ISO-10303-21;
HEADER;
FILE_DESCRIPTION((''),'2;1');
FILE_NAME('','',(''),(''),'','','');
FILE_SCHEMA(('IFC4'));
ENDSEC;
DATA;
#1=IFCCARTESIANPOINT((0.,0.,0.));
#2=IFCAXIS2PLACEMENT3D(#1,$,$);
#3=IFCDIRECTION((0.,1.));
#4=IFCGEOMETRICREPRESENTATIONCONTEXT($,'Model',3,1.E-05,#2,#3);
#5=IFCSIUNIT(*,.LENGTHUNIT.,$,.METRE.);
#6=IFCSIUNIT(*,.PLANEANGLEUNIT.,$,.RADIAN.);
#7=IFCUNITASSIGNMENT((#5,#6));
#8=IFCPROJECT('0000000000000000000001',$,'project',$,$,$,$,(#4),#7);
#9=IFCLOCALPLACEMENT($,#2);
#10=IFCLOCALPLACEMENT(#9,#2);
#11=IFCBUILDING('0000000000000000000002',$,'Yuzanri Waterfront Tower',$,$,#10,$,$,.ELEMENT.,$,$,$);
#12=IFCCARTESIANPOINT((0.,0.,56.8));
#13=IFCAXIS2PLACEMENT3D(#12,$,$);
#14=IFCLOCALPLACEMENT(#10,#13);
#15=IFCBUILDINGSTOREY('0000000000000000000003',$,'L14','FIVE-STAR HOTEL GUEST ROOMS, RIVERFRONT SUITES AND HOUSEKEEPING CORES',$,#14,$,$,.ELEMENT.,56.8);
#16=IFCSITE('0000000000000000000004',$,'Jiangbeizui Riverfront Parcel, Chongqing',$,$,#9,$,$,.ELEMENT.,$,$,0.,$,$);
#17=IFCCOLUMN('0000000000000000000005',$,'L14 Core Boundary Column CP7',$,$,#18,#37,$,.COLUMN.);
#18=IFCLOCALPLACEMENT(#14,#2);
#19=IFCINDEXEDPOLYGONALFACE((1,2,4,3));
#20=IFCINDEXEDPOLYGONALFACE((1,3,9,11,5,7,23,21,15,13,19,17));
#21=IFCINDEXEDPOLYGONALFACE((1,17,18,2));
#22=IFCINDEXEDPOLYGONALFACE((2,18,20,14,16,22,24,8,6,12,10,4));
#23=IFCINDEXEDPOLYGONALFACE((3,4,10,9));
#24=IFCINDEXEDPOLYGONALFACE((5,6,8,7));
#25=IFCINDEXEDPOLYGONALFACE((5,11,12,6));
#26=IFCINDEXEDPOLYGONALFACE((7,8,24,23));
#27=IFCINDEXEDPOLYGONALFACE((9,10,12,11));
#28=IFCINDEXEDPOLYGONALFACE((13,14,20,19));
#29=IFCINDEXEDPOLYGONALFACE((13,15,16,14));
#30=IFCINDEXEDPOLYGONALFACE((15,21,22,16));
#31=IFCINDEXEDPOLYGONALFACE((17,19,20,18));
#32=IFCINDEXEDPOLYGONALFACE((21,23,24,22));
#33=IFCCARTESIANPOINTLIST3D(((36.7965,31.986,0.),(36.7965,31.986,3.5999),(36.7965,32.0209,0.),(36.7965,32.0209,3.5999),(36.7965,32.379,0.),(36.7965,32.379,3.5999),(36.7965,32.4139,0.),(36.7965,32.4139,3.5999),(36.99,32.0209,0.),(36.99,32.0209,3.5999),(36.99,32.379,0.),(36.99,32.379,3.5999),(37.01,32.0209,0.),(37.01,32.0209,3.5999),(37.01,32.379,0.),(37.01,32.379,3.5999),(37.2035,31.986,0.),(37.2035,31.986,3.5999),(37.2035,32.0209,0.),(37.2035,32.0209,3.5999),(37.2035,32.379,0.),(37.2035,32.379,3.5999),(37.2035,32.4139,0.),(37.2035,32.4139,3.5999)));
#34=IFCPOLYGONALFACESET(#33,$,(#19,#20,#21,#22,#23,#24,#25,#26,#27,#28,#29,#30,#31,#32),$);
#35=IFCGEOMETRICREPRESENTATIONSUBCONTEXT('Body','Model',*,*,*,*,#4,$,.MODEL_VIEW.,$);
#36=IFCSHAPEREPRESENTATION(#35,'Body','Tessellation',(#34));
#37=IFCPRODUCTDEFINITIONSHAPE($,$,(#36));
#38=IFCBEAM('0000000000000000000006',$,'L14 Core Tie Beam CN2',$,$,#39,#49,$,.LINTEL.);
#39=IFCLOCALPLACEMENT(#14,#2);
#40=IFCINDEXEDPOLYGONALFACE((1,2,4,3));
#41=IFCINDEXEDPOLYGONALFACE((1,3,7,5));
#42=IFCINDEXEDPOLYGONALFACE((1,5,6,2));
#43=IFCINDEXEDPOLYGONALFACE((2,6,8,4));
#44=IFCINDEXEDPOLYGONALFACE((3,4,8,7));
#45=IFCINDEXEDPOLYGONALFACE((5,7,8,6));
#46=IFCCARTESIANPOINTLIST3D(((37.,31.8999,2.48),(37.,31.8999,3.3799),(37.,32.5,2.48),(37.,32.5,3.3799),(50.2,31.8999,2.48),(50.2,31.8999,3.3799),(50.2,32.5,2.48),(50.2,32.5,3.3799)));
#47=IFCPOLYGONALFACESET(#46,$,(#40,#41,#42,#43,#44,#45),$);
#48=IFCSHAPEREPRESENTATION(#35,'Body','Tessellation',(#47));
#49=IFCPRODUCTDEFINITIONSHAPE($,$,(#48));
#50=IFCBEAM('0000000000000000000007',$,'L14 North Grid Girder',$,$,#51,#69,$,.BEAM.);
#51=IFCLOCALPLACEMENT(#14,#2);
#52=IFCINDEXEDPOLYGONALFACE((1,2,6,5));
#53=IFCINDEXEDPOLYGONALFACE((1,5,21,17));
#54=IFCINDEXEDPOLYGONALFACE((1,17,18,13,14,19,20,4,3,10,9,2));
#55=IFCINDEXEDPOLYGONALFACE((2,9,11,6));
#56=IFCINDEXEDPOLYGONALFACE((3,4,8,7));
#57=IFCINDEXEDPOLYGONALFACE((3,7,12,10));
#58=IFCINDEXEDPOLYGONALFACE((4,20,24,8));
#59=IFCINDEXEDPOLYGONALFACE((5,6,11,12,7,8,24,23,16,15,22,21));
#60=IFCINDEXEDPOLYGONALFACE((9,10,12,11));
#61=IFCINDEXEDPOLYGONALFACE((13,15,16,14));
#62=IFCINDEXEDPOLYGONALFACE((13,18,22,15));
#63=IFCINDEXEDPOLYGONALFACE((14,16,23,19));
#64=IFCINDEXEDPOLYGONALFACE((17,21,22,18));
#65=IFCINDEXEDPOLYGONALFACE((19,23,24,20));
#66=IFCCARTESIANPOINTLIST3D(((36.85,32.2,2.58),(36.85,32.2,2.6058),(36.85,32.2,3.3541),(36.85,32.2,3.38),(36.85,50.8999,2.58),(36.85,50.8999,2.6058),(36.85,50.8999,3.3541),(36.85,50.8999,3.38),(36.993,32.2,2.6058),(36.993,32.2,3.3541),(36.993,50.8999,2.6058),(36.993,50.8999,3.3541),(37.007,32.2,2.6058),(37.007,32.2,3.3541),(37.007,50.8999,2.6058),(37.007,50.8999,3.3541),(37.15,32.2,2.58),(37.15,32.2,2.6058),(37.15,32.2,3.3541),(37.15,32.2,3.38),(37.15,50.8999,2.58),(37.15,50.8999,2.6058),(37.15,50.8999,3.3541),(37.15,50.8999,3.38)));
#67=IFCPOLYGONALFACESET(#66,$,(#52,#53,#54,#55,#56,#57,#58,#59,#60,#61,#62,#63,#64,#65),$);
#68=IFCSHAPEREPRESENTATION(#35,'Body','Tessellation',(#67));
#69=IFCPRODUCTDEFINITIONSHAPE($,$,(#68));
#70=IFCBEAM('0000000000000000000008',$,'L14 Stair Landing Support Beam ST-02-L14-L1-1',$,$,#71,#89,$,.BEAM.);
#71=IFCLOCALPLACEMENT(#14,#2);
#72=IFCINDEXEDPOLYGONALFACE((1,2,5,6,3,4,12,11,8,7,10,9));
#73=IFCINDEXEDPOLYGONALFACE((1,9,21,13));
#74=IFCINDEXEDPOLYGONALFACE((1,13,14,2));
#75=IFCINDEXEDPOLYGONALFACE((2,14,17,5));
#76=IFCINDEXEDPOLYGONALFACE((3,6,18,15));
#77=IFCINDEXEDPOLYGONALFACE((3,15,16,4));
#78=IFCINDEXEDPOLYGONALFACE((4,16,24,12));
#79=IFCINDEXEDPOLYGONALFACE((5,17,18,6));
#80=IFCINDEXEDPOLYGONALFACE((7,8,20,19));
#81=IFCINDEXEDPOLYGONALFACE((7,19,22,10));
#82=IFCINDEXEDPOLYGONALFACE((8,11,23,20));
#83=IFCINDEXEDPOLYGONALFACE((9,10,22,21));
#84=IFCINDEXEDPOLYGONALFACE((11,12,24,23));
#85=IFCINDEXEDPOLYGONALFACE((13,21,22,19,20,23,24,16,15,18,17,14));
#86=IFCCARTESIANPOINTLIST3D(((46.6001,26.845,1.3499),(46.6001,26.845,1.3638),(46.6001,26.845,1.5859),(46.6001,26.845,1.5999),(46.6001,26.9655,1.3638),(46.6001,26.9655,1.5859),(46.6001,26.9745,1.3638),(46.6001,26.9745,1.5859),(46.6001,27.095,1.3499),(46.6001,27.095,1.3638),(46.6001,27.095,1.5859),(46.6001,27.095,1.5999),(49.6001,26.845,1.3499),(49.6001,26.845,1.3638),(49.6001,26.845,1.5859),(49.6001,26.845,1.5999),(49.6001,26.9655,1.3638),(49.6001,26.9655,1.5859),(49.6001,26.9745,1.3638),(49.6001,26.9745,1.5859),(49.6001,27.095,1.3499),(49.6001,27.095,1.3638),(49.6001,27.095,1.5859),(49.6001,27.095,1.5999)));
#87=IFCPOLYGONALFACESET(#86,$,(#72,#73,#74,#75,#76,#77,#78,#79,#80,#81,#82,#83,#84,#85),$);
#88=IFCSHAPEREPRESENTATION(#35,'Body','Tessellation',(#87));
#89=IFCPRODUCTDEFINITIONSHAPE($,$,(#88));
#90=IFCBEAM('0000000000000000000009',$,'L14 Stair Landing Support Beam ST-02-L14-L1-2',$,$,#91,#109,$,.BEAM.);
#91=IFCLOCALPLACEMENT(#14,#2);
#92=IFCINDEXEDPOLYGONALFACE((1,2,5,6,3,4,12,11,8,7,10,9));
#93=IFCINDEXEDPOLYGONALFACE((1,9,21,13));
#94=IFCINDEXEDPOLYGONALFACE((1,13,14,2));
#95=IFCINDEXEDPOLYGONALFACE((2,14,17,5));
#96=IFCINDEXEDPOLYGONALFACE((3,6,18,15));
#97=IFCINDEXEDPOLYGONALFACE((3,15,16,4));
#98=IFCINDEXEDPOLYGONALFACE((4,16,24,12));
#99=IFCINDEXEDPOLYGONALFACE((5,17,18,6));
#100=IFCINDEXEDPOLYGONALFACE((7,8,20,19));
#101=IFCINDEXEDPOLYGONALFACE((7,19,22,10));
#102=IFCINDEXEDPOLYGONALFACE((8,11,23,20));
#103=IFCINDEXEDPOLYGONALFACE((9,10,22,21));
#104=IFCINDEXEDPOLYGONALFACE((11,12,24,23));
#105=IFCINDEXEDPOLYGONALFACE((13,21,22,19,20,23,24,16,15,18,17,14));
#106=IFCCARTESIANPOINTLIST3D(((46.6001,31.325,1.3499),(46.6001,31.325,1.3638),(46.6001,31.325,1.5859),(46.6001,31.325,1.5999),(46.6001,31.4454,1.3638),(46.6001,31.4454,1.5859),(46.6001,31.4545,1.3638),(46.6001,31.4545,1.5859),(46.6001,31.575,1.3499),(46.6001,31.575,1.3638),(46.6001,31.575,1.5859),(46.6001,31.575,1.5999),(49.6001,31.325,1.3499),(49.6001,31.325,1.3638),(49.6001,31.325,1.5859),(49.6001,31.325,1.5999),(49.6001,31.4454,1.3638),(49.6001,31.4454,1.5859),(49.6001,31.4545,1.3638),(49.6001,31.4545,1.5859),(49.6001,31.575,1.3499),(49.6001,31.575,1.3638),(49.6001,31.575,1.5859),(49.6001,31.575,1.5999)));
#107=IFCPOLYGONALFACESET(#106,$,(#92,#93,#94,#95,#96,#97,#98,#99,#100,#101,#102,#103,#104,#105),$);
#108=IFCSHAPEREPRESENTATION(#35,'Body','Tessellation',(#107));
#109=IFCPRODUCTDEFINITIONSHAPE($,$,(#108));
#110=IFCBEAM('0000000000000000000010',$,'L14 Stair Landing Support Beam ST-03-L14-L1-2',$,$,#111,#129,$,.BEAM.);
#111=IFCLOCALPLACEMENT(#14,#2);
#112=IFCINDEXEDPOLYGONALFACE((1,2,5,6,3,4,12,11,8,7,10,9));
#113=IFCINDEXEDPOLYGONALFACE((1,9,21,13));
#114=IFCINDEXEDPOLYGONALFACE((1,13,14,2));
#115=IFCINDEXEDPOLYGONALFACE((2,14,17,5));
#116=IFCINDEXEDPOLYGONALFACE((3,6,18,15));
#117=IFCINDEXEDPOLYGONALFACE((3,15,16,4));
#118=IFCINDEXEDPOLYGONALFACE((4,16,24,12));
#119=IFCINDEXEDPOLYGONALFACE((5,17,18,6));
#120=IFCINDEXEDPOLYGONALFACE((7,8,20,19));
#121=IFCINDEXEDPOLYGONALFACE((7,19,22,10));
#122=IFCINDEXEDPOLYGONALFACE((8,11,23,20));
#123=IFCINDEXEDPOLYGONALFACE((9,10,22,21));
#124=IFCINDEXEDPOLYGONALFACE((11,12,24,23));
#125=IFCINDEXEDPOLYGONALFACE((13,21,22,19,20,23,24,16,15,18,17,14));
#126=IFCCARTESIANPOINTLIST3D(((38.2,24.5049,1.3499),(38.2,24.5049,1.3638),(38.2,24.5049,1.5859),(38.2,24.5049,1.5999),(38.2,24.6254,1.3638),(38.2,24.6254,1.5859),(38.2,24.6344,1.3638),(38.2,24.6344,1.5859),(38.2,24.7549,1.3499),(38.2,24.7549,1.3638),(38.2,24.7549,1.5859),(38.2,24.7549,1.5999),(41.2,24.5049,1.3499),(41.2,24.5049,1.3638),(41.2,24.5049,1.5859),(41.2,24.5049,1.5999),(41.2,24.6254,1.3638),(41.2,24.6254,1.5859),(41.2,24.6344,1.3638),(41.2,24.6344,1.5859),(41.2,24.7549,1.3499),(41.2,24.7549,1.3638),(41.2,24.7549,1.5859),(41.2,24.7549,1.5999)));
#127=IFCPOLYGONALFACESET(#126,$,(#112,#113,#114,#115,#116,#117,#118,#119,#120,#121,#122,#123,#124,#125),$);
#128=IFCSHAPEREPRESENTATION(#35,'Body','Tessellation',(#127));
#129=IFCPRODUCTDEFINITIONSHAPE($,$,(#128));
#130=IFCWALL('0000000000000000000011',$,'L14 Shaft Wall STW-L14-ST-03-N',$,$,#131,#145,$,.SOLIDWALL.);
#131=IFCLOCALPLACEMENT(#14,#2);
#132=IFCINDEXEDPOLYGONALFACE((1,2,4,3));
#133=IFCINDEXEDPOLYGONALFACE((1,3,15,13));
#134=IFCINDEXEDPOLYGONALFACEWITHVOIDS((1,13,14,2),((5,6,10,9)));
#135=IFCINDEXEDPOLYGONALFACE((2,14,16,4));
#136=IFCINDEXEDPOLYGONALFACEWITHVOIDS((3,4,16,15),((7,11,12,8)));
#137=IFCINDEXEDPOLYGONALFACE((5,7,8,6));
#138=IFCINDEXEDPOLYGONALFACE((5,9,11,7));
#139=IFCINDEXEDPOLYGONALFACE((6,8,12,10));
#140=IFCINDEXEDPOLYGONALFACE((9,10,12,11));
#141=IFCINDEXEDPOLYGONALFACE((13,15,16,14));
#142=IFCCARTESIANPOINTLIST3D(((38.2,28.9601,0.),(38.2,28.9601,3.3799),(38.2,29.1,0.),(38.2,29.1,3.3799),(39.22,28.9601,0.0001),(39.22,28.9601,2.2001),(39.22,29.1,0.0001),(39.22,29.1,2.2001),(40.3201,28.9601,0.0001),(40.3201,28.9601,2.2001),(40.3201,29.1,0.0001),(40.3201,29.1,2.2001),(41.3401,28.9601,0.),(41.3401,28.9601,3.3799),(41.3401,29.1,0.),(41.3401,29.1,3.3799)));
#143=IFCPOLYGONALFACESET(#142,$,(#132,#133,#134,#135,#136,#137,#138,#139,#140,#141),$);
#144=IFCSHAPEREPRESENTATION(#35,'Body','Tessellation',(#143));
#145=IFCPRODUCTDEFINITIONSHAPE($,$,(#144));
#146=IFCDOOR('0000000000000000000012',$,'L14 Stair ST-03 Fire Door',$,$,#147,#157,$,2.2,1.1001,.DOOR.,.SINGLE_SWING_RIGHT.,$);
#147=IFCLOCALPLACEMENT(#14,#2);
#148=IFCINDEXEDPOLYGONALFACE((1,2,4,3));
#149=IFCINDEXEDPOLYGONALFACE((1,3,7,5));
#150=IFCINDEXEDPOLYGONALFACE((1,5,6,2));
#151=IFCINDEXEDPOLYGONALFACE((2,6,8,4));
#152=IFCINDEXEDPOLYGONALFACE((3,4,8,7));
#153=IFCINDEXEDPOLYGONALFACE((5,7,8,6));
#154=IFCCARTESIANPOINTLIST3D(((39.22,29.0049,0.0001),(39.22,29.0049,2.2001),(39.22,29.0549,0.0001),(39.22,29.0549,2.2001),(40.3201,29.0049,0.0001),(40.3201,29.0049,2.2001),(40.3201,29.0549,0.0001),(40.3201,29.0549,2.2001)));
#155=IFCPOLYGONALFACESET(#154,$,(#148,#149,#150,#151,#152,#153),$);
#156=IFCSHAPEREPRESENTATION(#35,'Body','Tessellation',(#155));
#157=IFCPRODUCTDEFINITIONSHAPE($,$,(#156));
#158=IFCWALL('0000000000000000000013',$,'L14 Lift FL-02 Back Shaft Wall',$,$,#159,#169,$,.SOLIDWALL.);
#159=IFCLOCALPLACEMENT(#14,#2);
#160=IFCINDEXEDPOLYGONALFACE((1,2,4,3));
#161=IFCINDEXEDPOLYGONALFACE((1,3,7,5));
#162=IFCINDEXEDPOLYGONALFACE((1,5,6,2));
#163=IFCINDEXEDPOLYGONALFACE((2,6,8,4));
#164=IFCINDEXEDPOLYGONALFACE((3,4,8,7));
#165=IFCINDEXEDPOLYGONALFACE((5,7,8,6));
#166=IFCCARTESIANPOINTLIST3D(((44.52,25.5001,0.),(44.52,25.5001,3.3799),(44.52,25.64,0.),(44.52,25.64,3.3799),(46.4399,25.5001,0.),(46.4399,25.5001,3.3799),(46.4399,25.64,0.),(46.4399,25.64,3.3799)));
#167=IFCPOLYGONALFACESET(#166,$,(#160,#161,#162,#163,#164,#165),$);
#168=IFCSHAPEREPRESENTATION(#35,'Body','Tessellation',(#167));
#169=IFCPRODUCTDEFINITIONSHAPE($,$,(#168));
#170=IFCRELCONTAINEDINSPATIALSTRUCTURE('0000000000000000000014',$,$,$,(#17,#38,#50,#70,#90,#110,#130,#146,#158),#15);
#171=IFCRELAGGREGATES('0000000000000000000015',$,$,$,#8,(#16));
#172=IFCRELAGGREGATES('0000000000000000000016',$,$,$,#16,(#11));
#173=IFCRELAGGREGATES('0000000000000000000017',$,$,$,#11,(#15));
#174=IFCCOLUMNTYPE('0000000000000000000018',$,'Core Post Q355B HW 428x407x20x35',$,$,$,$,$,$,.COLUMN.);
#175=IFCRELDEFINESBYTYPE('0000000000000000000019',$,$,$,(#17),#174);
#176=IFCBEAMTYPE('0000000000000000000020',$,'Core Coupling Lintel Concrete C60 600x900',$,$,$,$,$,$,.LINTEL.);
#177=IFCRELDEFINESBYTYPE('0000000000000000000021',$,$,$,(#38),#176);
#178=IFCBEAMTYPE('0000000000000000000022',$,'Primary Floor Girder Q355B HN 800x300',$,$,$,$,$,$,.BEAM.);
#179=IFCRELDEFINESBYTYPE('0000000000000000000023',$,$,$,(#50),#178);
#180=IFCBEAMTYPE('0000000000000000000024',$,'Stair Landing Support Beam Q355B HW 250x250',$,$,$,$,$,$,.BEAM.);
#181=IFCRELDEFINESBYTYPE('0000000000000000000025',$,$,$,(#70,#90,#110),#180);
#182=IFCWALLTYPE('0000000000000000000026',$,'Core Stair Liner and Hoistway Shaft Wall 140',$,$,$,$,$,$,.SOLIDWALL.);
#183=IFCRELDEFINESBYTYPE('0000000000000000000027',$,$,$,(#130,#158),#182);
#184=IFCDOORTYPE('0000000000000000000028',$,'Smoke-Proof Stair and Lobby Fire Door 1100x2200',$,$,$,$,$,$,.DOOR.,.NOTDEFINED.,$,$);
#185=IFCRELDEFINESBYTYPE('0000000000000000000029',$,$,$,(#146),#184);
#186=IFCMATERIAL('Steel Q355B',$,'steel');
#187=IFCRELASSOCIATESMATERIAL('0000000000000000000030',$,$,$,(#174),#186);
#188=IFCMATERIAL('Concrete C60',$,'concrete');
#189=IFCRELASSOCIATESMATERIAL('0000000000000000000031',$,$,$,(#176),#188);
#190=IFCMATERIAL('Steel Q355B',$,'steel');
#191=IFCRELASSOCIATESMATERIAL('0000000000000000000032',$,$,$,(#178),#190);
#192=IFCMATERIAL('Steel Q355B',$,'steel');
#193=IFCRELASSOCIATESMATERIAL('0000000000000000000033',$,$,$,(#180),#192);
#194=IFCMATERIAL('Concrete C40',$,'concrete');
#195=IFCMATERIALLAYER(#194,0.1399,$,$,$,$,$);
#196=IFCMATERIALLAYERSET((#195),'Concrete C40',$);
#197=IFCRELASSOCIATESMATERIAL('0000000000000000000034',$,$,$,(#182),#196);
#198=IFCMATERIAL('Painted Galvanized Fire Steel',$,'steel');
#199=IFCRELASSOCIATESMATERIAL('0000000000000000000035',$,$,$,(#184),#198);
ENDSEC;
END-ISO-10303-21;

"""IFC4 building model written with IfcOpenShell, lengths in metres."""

from ifc_helpers import new_model, si_unit, direction, frame, frame_2d, origin, origin_2d, place, context, subcontext, project, spatial, rectangle, i_section, extrude, source, transform, mapped, material, layer, layer_set, material_profile, profile_set, type_object, element, fill, save


model = new_model("IFC4")

# Units and contexts
model_context = context("Model", 3, precision=1e-05, world=origin(), true_north=direction((0.0, 1.0)))
body_context = subcontext(model_context, "Body", "Model", "MODEL_VIEW")
ifc_project = project(units=[si_unit("LENGTHUNIT", "METRE"), si_unit("PLANEANGLEUNIT", "RADIAN")], contexts=[model_context])

# Site, building, storey
site_placement = place(None, origin())
site = spatial("IfcSite", under=ifc_project, at=site_placement, Name="Jiangbeizui Riverfront Parcel, Chongqing", CompositionType="ELEMENT", RefElevation=0.0)
building_placement = place(site_placement, origin())
building = spatial("IfcBuilding", under=site, at=building_placement, Name="Yuzanri Waterfront Tower", CompositionType="ELEMENT")
storey_placement = place(building_placement, frame((0.0, 0.0, 56.8)))
storey = spatial("IfcBuildingStorey", under=building, at=storey_placement, Name="L14", Description="FIVE-STAR HOTEL GUEST ROOMS, RIVERFRONT SUITES AND HOUSEKEEPING CORES", CompositionType="ELEMENT", Elevation=56.8)

# Column
ifc_material_1 = material(Name="Steel Q355B", Category="steel")
ifc_material_profile_1 = material_profile(ifc_material_1, i_section(OverallWidth=0.407, OverallDepth=0.428, WebThickness=0.02, FlangeThickness=0.0349, at=origin_2d()), Name="HW 428x407x20x35")
ifc_profile_set_1 = profile_set([ifc_material_profile_1], Name="Steel Q355B")
column_type = type_object("IfcColumnType", Name="Core Post Q355B HW 428x407x20x35", PredefinedType="COLUMN", material=ifc_profile_set_1)
shared_shape_1 = source(origin(), body_context, "Body", "SweptSolid", [
    extrude(i_section(OverallWidth=0.407, OverallDepth=0.428, WebThickness=0.02, FlangeThickness=0.0349, at=origin_2d()), origin(), (0.0, 0.0, 1.0), 3.5999),
])
column_placement = place(storey_placement, frame((37.0, 32.2, 0.0), z_axis=(0.0, 0.0, 1.0), x_axis=(1.0, 0.0, 0.0)))
element("IfcColumn", 1, at=column_placement, inside=storey, type_object=column_type, Name="L14 Core Boundary Column CP7", PredefinedType="COLUMN", context=body_context, shape_type="MappedRepresentation", body=[
    mapped(shared_shape_1, transform((0.0, 0.0, 0.0), scale=1.0)),
])

# Beams
ifc_material_2 = material(Name="Concrete C60", Category="concrete")
ifc_material_profile_2 = material_profile(ifc_material_2, rectangle(XDim=0.6001, YDim=0.8999, at=origin_2d()), Name="RC 600x900")
ifc_profile_set_2 = profile_set([ifc_material_profile_2], Name="Concrete C60")
beam_type_1 = type_object("IfcBeamType", Name="Core Coupling Lintel Concrete C60 600x900", PredefinedType="LINTEL", material=ifc_profile_set_2)
shared_shape_2 = source(origin(), body_context, "Body", "SweptSolid", [
    extrude(rectangle(XDim=0.6001, YDim=0.8999, at=origin_2d()), origin(), (0.0, 0.0, 1.0), 13.2),
])
beam_1_placement = place(storey_placement, frame((37.0, 32.2, 2.9299), z_axis=(1.0, 0.0, 0.0), x_axis=(0.0, 1.0, 0.0)))
element("IfcBeam", 2, at=beam_1_placement, inside=storey, type_object=beam_type_1, Name="L14 Core Tie Beam CN2", PredefinedType="LINTEL", context=body_context, shape_type="MappedRepresentation", body=[
    mapped(shared_shape_2, transform((0.0, 0.0, 0.0), scale=1.0)),
])
ifc_material_3 = material(Name="Steel Q355B", Category="steel")
ifc_material_profile_3 = material_profile(ifc_material_3, i_section(OverallWidth=0.3, OverallDepth=0.8, WebThickness=0.0139, FlangeThickness=0.0259, at=origin_2d()), Name="HN 800x300x14x26")
ifc_profile_set_3 = profile_set([ifc_material_profile_3], Name="Steel Q355B")
beam_type_2 = type_object("IfcBeamType", Name="Primary Floor Girder Q355B HN 800x300", PredefinedType="BEAM", material=ifc_profile_set_3)
shared_shape_3 = source(origin(), body_context, "Body", "SweptSolid", [
    extrude(i_section(OverallWidth=0.3, OverallDepth=0.8, WebThickness=0.0139, FlangeThickness=0.0259, at=origin_2d()), origin(), (0.0, 0.0, 1.0), 18.7),
])
beam_2_placement = place(storey_placement, frame((37.0, 32.2, 2.98), z_axis=(0.0, 1.0, 0.0), x_axis=(-1.0, 0.0, 0.0)))
element("IfcBeam", 3, at=beam_2_placement, inside=storey, type_object=beam_type_2, Name="L14 North Grid Girder", PredefinedType="BEAM", context=body_context, shape_type="MappedRepresentation", body=[
    mapped(shared_shape_3, transform((0.0, 0.0, 0.0), scale=1.0)),
])
ifc_material_4 = material(Name="Steel Q355B", Category="steel")
ifc_material_profile_4 = material_profile(ifc_material_4, i_section(OverallWidth=0.25, OverallDepth=0.25, WebThickness=0.009, FlangeThickness=0.0139, at=origin_2d()), Name="HW 250x250x9x14")
ifc_profile_set_4 = profile_set([ifc_material_profile_4], Name="Steel Q355B")
beam_type_3 = type_object("IfcBeamType", Name="Stair Landing Support Beam Q355B HW 250x250", PredefinedType="BEAM", material=ifc_profile_set_4)
shared_shape_4 = source(origin(), body_context, "Body", "SweptSolid", [
    extrude(i_section(OverallWidth=0.25, OverallDepth=0.25, WebThickness=0.009, FlangeThickness=0.0139, at=origin_2d()), origin(), (0.0, 0.0, 1.0), 3.0),
])
for number, where, z_axis, x_axis, name in (
    (4, (46.6001, 26.97, 1.4749), (1.0, 0.0, 0.0), (0.0, 1.0, 0.0), "L14 Stair Landing Support Beam ST-02-L14-L1-1"),
    (5, (46.6001, 31.45, 1.4749), (1.0, 0.0, 0.0), (0.0, 1.0, 0.0), "L14 Stair Landing Support Beam ST-02-L14-L1-2"),
    (6, (38.2, 24.6299, 1.4749), (1.0, 0.0, 0.0), (0.0, 1.0, 0.0), "L14 Stair Landing Support Beam ST-03-L14-L1-2"),
):
    element("IfcBeam", number, at=place(storey_placement, frame(where, z_axis=z_axis, x_axis=x_axis)), inside=storey, type_object=beam_type_3, Name=name, PredefinedType="BEAM", context=body_context, shape_type="MappedRepresentation", body=[
        mapped(shared_shape_4, transform((0.0, 0.0, 0.0), scale=1.0)),
    ])

# Wall, opening, door
ifc_material_5 = material(Name="Concrete C40", Category="concrete")
ifc_layer_1 = layer(ifc_material_5, 0.1399)
ifc_layer_set_1 = layer_set([ifc_layer_1], Name="Concrete C40")
wall_type = type_object("IfcWallType", Name="Core Stair Liner and Hoistway Shaft Wall 140", PredefinedType="SOLIDWALL", material=ifc_layer_set_1)
wall_1_placement = place(storey_placement, frame((38.2, 29.03, 0.0), z_axis=(0.0, 0.0, 1.0), x_axis=(1.0, 0.0, 0.0)))
wall_1 = element("IfcWall", 7, at=wall_1_placement, inside=storey, type_object=wall_type, Name="L14 Shaft Wall STW-L14-ST-03-N", PredefinedType="SOLIDWALL", context=body_context, shape_type="SweptSolid", body=[
    extrude(rectangle(XDim=3.1401, YDim=0.1399, at=frame_2d((1.5701, 0.0))), origin(), (0.0, 0.0, 1.0), 3.3799),
])
opening_placement = place(wall_1_placement, frame((1.02, 0.0, 0.0)))
opening = element("IfcOpeningElement", 8, at=opening_placement, cuts=wall_1, PredefinedType="OPENING", context=body_context, shape_type="SweptSolid", body=[
    extrude(rectangle(XDim=1.1001, YDim=2.2, at=frame_2d((0.55, 1.1001))), frame((0.0, 0.085, 0.0), z_axis=(0.0, -1.0, 0.0), x_axis=(1.0, 0.0, 0.0)), (0.0, 0.0, 1.0), 0.1697),
])
ifc_material_6 = material(Name="Painted Galvanized Fire Steel", Category="steel")
door_type = type_object("IfcDoorType", Name="Smoke-Proof Stair and Lobby Fire Door 1100x2200", OperationType="NOTDEFINED", PredefinedType="DOOR", material=ifc_material_6)
shared_shape_5 = source(origin(), body_context, "Body", "SweptSolid", [
    extrude(rectangle(XDim=1.1001, YDim=2.2, at=frame_2d((0.55, 1.1001))), frame((0.0, 0.0249, 0.0), z_axis=(0.0, -1.0, 0.0), x_axis=(1.0, 0.0, 0.0)), (0.0, 0.0, 1.0), 0.05),
])
door_placement = place(opening_placement, origin())
door = element("IfcDoor", 9, at=door_placement, inside=storey, type_object=door_type, Name="L14 Stair ST-03 Fire Door", OperationType="SINGLE_SWING_RIGHT", OverallHeight=2.2, OverallWidth=1.1001, PredefinedType="DOOR", context=body_context, shape_type="MappedRepresentation", body=[
    mapped(shared_shape_5, transform((0.0, 0.0, 0.0), scale=1.0)),
])
fill(opening, door)

# Wall
shared_shape_6 = source(origin(), body_context, "Body", "SweptSolid", [
    extrude(rectangle(XDim=1.9199, YDim=0.1399, at=frame_2d((0.96, 0.0))), origin(), (0.0, 0.0, 1.0), 3.3799),
])
wall_2_placement = place(storey_placement, frame((44.52, 25.5701, 0.0), z_axis=(0.0, 0.0, 1.0), x_axis=(1.0, 0.0, 0.0)))
element("IfcWall", 10, at=wall_2_placement, inside=storey, type_object=wall_type, Name="L14 Lift FL-02 Back Shaft Wall", PredefinedType="SOLIDWALL", context=body_context, shape_type="MappedRepresentation", body=[
    mapped(shared_shape_6, transform((0.0, 0.0, 0.0), scale=1.0)),
])

save(model, "model.ifc")
